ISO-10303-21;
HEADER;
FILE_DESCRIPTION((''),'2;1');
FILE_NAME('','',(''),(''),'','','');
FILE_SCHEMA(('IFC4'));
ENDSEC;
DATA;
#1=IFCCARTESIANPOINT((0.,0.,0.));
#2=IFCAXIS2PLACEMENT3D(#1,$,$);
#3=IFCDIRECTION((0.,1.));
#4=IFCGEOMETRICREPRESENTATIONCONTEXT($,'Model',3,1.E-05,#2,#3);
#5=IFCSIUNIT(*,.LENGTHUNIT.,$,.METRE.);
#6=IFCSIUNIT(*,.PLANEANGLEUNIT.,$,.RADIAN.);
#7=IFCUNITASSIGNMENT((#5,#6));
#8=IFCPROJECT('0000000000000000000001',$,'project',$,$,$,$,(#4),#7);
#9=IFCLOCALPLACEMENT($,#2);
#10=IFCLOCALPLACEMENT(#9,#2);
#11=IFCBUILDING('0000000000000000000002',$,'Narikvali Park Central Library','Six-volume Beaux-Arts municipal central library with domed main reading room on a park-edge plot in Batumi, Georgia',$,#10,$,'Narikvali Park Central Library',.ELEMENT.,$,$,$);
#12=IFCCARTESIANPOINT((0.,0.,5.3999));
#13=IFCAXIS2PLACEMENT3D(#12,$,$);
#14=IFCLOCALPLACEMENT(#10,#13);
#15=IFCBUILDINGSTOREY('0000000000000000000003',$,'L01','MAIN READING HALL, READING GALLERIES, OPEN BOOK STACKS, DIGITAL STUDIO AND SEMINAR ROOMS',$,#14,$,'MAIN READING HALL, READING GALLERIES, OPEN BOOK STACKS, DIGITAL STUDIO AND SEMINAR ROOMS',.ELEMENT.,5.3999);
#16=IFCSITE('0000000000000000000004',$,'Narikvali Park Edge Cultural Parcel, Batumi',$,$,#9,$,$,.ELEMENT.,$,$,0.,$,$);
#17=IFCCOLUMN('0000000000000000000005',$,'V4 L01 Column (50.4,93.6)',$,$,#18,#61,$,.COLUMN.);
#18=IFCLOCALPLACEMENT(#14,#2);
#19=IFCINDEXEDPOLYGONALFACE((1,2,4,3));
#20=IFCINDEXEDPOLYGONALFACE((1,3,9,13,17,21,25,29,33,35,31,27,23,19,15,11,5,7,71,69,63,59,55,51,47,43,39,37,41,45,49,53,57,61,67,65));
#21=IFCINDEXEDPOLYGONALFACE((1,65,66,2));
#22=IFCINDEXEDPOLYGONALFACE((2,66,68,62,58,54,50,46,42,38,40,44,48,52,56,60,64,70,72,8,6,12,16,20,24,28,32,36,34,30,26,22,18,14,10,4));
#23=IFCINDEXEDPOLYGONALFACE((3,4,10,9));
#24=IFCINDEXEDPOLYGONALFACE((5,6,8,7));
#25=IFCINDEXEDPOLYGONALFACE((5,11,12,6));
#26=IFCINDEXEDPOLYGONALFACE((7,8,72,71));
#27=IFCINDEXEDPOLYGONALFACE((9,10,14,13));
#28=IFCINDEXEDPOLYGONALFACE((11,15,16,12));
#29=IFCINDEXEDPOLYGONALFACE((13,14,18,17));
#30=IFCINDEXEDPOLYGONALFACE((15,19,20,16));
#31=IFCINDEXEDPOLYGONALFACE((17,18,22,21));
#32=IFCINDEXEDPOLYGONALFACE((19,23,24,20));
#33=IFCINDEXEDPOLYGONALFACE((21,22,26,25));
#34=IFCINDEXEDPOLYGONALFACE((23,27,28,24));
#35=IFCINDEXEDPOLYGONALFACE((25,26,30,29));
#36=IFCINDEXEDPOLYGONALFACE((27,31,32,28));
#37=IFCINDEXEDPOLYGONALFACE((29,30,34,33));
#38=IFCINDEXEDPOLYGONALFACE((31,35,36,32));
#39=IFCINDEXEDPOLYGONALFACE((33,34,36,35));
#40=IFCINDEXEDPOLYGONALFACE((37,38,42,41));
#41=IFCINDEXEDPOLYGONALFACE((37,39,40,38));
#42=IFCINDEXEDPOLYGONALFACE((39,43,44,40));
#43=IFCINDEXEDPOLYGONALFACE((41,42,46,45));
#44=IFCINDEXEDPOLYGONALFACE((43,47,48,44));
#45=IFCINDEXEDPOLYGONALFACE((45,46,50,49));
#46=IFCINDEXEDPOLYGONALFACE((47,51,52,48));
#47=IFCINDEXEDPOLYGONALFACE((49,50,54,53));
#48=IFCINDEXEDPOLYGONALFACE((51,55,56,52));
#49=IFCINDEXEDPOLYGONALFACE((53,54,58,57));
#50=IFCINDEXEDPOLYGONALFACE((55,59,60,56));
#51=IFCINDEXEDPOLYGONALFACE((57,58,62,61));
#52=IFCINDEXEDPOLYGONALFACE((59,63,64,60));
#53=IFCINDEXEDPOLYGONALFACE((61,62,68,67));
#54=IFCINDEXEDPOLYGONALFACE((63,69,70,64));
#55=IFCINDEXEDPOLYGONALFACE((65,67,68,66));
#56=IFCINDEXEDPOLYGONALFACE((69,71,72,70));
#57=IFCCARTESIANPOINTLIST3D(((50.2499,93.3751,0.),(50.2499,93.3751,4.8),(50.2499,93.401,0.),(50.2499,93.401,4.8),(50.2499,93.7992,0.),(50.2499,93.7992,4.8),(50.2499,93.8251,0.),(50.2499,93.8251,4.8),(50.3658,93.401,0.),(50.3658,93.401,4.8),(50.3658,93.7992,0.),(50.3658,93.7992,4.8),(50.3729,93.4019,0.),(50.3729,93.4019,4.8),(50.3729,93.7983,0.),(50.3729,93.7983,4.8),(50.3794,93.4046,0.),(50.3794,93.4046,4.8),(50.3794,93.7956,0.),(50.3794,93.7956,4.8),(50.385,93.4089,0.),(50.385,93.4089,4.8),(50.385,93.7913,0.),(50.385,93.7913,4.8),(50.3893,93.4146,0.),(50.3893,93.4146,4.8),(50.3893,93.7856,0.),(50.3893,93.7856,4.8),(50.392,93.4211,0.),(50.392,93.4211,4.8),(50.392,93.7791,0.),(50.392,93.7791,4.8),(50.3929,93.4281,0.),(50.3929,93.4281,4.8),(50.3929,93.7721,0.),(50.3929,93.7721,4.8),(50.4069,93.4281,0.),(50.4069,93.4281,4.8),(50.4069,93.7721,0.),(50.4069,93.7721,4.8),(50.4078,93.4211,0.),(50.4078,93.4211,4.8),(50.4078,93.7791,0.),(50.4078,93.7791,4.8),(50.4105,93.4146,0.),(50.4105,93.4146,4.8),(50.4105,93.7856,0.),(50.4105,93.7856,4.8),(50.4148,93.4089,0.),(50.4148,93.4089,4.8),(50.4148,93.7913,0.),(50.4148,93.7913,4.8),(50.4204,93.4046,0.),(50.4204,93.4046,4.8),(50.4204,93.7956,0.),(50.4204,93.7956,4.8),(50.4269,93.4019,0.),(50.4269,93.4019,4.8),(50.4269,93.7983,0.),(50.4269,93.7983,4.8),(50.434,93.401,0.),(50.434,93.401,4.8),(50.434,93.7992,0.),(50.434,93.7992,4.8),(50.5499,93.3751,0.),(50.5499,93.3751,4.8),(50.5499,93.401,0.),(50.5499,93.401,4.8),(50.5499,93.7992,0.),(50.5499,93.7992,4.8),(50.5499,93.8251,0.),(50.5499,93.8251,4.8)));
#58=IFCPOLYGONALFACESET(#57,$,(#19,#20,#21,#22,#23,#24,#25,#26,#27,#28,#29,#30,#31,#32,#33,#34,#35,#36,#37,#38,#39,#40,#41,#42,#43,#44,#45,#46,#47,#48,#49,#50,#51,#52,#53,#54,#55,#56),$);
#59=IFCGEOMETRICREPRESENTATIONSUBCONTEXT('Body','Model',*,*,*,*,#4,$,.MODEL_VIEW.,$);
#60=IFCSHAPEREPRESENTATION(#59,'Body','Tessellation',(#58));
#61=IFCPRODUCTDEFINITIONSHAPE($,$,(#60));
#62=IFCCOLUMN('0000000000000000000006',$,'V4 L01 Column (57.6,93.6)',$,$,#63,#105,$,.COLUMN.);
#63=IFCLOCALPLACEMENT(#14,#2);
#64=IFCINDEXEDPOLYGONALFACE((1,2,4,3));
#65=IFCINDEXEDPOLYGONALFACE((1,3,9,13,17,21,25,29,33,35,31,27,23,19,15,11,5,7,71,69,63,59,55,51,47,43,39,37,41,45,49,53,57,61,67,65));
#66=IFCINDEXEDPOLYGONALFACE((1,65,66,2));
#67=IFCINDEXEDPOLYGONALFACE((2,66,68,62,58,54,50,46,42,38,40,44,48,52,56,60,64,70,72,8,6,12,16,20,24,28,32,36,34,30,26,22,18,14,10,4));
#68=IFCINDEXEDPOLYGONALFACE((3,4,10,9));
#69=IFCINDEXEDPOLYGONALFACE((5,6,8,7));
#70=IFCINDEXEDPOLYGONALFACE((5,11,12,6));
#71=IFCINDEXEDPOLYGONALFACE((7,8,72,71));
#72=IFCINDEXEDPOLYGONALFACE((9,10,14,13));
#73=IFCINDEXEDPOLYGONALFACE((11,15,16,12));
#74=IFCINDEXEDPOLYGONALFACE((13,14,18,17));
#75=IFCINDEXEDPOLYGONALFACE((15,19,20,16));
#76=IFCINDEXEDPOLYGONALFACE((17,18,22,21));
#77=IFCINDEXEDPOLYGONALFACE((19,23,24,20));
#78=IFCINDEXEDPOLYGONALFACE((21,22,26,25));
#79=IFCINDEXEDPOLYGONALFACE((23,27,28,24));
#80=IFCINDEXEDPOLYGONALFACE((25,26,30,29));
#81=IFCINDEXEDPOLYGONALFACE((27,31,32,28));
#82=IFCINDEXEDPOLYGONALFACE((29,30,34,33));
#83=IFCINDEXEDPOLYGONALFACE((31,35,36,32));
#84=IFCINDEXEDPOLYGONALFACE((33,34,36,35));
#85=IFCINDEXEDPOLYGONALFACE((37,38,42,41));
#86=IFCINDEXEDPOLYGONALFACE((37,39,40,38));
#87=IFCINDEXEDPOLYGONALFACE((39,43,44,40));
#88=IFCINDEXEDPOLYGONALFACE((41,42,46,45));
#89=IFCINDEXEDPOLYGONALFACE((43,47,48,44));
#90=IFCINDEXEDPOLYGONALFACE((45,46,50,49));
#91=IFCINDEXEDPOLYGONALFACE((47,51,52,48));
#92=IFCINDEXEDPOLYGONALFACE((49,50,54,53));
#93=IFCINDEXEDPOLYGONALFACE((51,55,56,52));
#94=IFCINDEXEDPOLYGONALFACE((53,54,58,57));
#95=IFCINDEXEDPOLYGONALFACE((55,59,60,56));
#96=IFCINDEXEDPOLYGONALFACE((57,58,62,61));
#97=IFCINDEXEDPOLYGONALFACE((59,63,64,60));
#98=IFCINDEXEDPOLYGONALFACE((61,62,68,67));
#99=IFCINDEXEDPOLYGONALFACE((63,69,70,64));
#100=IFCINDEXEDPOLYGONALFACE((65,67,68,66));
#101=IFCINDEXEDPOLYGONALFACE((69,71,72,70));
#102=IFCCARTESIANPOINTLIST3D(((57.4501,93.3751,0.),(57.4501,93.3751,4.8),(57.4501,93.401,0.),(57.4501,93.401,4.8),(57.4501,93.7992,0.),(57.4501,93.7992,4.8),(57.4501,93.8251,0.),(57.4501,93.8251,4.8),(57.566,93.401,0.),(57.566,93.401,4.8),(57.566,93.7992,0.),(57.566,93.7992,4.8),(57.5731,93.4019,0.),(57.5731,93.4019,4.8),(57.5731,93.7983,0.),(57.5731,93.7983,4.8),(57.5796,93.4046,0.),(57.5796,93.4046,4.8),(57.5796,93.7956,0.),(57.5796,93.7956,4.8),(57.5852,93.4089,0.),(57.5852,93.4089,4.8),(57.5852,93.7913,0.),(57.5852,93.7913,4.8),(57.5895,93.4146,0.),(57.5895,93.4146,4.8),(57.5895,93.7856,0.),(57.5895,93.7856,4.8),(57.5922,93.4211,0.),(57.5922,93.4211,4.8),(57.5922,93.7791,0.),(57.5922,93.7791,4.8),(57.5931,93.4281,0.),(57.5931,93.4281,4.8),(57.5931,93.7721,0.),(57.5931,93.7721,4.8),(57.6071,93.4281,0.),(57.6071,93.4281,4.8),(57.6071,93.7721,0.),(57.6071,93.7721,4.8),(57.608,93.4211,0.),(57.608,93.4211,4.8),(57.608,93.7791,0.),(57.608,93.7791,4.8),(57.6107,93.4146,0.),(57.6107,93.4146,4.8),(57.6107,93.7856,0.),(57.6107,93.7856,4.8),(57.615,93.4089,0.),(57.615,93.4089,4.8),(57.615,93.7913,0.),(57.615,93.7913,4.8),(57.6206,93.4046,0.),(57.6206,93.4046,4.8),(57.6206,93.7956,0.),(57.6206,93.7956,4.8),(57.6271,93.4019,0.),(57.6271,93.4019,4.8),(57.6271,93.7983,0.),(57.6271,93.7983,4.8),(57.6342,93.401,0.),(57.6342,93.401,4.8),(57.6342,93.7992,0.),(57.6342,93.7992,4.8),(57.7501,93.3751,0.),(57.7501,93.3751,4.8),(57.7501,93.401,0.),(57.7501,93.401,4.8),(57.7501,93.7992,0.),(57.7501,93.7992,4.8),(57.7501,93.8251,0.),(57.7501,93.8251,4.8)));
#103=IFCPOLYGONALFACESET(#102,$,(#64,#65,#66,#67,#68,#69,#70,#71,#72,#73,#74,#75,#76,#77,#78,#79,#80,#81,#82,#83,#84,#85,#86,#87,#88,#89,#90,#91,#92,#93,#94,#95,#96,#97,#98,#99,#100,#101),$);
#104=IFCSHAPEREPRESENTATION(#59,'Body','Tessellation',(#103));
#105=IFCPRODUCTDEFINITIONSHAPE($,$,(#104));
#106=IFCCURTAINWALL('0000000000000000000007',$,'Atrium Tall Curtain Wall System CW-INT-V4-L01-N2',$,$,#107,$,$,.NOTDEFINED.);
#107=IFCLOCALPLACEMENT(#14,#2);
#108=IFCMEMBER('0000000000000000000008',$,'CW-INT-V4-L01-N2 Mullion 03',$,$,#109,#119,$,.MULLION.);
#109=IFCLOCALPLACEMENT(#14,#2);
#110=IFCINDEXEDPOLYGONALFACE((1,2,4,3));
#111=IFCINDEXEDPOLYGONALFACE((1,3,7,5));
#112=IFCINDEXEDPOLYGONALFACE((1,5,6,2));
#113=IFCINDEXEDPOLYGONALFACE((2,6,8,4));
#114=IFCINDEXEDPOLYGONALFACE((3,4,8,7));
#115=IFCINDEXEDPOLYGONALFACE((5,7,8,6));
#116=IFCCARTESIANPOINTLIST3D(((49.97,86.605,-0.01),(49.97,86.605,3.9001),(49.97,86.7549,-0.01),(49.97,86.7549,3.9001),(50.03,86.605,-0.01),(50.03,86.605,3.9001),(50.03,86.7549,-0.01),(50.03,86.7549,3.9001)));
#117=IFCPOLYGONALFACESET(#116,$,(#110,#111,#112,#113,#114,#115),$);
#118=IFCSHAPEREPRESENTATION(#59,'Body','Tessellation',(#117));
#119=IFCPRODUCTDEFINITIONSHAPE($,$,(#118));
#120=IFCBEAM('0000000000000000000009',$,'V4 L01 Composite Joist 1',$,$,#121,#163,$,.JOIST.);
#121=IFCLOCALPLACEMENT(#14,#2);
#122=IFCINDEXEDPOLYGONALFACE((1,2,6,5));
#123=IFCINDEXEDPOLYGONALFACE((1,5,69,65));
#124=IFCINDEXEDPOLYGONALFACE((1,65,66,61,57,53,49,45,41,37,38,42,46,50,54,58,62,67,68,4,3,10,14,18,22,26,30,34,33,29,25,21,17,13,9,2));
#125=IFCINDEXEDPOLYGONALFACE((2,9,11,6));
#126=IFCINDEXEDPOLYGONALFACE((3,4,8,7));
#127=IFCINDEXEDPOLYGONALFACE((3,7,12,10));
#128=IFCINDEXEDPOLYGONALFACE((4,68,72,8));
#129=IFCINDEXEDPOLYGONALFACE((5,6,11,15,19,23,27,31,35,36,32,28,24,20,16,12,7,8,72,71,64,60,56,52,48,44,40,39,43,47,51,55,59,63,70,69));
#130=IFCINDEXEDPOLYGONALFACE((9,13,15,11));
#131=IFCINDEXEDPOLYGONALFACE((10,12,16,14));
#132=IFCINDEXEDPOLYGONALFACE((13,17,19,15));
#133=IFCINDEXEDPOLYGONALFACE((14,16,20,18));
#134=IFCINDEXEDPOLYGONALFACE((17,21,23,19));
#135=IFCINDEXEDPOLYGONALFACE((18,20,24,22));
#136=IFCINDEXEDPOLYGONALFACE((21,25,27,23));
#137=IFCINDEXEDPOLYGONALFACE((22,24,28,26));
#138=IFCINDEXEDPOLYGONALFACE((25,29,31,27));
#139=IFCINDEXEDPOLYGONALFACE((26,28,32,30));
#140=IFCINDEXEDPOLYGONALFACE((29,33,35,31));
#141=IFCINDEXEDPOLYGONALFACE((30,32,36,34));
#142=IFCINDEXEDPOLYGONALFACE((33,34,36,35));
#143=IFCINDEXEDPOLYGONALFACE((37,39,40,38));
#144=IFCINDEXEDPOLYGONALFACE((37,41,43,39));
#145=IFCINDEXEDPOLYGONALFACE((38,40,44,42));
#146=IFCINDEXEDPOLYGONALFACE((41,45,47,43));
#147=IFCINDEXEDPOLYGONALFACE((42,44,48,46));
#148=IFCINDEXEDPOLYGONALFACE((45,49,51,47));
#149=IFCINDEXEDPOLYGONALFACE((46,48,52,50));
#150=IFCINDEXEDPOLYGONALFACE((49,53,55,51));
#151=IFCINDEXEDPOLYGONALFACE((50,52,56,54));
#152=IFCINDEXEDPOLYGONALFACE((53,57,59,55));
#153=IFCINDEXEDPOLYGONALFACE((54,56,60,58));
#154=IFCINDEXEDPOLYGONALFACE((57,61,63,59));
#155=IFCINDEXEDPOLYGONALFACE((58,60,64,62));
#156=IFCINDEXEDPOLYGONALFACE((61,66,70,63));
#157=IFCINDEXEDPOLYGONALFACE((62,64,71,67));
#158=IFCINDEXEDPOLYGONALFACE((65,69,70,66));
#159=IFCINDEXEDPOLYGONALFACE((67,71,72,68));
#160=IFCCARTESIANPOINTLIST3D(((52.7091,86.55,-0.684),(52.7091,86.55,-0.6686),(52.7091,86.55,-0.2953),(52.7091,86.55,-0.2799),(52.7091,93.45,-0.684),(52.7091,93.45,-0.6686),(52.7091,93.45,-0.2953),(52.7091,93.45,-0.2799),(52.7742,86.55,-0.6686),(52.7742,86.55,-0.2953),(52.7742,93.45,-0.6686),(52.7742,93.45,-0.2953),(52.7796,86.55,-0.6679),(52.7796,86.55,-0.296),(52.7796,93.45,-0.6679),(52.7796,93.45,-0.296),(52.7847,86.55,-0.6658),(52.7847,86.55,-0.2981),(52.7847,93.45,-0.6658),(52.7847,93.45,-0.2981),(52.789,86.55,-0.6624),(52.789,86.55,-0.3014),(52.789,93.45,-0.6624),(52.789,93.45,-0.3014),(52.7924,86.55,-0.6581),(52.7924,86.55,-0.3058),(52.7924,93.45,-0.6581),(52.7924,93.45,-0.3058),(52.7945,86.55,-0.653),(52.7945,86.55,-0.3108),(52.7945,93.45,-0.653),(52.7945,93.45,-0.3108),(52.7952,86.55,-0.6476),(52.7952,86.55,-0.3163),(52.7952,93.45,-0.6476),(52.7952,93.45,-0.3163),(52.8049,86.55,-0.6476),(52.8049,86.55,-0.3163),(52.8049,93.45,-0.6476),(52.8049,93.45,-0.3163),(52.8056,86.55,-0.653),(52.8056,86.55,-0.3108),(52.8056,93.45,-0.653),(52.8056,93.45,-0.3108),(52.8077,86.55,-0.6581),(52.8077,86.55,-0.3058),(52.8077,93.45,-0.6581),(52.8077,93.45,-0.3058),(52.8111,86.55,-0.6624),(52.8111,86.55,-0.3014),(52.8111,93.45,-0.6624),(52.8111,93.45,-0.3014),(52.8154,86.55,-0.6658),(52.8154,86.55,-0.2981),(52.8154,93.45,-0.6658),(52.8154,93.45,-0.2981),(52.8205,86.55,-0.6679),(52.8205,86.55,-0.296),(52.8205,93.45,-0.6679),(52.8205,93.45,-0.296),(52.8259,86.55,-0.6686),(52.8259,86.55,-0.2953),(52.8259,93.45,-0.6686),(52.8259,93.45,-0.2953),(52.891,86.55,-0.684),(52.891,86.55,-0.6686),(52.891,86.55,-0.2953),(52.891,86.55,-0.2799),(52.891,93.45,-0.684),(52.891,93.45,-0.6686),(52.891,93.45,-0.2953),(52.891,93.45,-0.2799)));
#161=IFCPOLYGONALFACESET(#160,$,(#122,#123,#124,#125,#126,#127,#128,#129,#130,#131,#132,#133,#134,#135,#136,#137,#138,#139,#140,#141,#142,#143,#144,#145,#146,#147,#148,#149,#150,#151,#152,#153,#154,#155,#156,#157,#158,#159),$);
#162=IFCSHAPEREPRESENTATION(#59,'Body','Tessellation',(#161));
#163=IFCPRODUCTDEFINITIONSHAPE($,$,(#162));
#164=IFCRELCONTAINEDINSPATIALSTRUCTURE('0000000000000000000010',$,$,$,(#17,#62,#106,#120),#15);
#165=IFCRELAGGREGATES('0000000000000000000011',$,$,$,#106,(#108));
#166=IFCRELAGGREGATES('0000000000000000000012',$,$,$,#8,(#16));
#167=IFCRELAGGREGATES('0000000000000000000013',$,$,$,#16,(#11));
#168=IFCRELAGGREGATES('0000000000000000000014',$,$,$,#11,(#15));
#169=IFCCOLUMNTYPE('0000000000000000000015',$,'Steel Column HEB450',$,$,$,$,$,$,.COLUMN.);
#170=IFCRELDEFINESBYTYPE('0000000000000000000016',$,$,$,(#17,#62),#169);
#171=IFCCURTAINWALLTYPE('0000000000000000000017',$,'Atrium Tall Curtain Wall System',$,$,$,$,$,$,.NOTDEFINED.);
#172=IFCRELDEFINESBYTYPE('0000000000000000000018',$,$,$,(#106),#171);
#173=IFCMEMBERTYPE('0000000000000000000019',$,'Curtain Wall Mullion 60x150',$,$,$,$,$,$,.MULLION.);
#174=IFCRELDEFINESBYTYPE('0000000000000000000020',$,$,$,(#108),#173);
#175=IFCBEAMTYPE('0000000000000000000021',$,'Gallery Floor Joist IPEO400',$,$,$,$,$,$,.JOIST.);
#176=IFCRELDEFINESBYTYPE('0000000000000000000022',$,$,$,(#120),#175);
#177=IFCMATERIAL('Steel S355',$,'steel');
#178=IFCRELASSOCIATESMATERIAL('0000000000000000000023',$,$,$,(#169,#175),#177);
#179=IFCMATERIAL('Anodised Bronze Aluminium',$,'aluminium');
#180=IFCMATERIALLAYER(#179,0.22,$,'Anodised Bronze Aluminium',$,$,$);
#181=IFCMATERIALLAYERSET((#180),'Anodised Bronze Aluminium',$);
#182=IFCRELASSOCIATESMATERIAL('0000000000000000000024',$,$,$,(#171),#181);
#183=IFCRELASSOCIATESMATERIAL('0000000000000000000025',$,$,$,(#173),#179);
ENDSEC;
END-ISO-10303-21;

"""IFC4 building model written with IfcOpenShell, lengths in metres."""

from ifc_helpers import new_model, si_unit, direction, frame, origin, origin_2d, place, context, subcontext, project, spatial, rectangle, i_section, extrude, material, layer, layer_set, material_profile, profile_set, type_object, element, aggregate, save


model = new_model("IFC4")

# Units and contexts
model_context = context("Model", 3, precision=1e-05, world=origin(), true_north=direction((0.0, 1.0)))
body_context = subcontext(model_context, "Body", "Model", "MODEL_VIEW")
ifc_project = project(units=[si_unit("LENGTHUNIT", "METRE"), si_unit("PLANEANGLEUNIT", "RADIAN")], contexts=[model_context])

# Site, building, storey
site_placement = place(None, origin())
site = spatial("IfcSite", under=ifc_project, at=site_placement, Name="Narikvali Park Edge Cultural Parcel, Batumi", CompositionType="ELEMENT", RefElevation=0.0)
building_placement = place(site_placement, origin())
building = spatial("IfcBuilding", under=site, at=building_placement, Name="Narikvali Park Central Library", Description="Six-volume Beaux-Arts municipal central library with domed main reading room on a park-edge plot in Batumi, Georgia", LongName="Narikvali Park Central Library", CompositionType="ELEMENT")
storey_placement = place(building_placement, frame((0.0, 0.0, 5.3999)))
storey = spatial("IfcBuildingStorey", under=building, at=storey_placement, Name="L01", Description="MAIN READING HALL, READING GALLERIES, OPEN BOOK STACKS, DIGITAL STUDIO AND SEMINAR ROOMS", LongName="MAIN READING HALL, READING GALLERIES, OPEN BOOK STACKS, DIGITAL STUDIO AND SEMINAR ROOMS", CompositionType="ELEMENT", Elevation=5.3999)

# Columns
ifc_material_1 = material(Name="Steel S355", Category="steel")
ifc_material_profile_1 = material_profile(ifc_material_1, i_section(OverallWidth=0.3, OverallDepth=0.45, WebThickness=0.0139, FlangeThickness=0.0259, FilletRadius=0.0271, at=origin_2d()), Name="HEB 450")
ifc_profile_set_1 = profile_set([ifc_material_profile_1], Name="Steel S355")
column_type = type_object("IfcColumnType", Name="Steel Column HEB450", PredefinedType="COLUMN", material=ifc_profile_set_1)
for number, where, z_axis, x_axis, name in (
    (1, (50.3999, 93.6001, 0.0), (0.0, 0.0, 1.0), (1.0, 0.0, 0.0), "V4 L01 Column (50.4,93.6)"),
    (2, (57.6001, 93.6001, 0.0), (0.0, 0.0, 1.0), (1.0, 0.0, 0.0), "V4 L01 Column (57.6,93.6)"),
):
    element("IfcColumn", number, at=place(storey_placement, frame(where, z_axis=z_axis, x_axis=x_axis)), inside=storey, type_object=column_type, Name=name, PredefinedType="COLUMN", context=body_context, shape_type="SweptSolid", body=[
        extrude(i_section(OverallWidth=0.3, OverallDepth=0.45, WebThickness=0.0139, FlangeThickness=0.0259, FilletRadius=0.0271, at=origin_2d()), origin(), (0.0, 0.0, 1.0), 4.8),
    ])

# Curtain wall, member
ifc_material_2 = material(Name="Anodised Bronze Aluminium", Category="aluminium")
ifc_layer_1 = layer(ifc_material_2, 0.22, Name="Anodised Bronze Aluminium")
ifc_layer_set_1 = layer_set([ifc_layer_1], Name="Anodised Bronze Aluminium")
curtain_wall_type = type_object("IfcCurtainWallType", Name="Atrium Tall Curtain Wall System", PredefinedType="NOTDEFINED", material=ifc_layer_set_1)
curtain_wall_placement = place(storey_placement, origin())
curtain_wall = element("IfcCurtainWall", 3, at=curtain_wall_placement, inside=storey, type_object=curtain_wall_type, Name="Atrium Tall Curtain Wall System CW-INT-V4-L01-N2", PredefinedType="NOTDEFINED")
ifc_material_profile_2 = material_profile(ifc_material_2, rectangle(XDim=0.0601, YDim=0.1499, at=origin_2d()), Name="CW MULLION 60x150")
ifc_profile_set_2 = profile_set([ifc_material_profile_2], Name="Anodised Bronze Aluminium")
member_type = type_object("IfcMemberType", Name="Curtain Wall Mullion 60x150", PredefinedType="MULLION", material=ifc_profile_set_2)
member_placement = place(storey_placement, frame((50.0, 86.6799, -0.01), z_axis=(0.0, 0.0, 1.0), x_axis=(1.0, 0.0, 0.0)))
member = element("IfcMember", 4, at=member_placement, type_object=member_type, Name="CW-INT-V4-L01-N2 Mullion 03", PredefinedType="MULLION", context=body_context, shape_type="SweptSolid", body=[
    extrude(rectangle(XDim=0.0601, YDim=0.1499, at=origin_2d()), origin(), (0.0, 0.0, 1.0), 3.9102),
])

# Beam
ifc_material_profile_3 = material_profile(ifc_material_1, i_section(OverallWidth=0.1819, OverallDepth=0.4041, WebThickness=0.0098, FlangeThickness=0.0154, FilletRadius=0.021, at=origin_2d()), Name="IPEO 400")
ifc_profile_set_3 = profile_set([ifc_material_profile_3], Name="Steel S355")
beam_type_1 = type_object("IfcBeamType", Name="Gallery Floor Joist IPEO400", PredefinedType="JOIST", material=ifc_profile_set_3)
for number, where, z_axis, x_axis, name in (
    (5, (52.8, 86.55, -0.4819), (0.0, 1.0, 0.0), (-1.0, 0.0, 0.0), "V4 L01 Composite Joist 1"),
):
    element("IfcBeam", number, at=place(storey_placement, frame(where, z_axis=z_axis, x_axis=x_axis)), inside=storey, type_object=beam_type_1, Name=name, PredefinedType="JOIST", context=body_context, shape_type="SweptSolid", body=[
        extrude(i_section(OverallWidth=0.1819, OverallDepth=0.4041, WebThickness=0.0098, FlangeThickness=0.0154, FilletRadius=0.021, at=origin_2d()), origin(), (0.0, 0.0, 1.0), 6.8999),
    ])

aggregate(curtain_wall, [member])

save(model, "model.ifc")
